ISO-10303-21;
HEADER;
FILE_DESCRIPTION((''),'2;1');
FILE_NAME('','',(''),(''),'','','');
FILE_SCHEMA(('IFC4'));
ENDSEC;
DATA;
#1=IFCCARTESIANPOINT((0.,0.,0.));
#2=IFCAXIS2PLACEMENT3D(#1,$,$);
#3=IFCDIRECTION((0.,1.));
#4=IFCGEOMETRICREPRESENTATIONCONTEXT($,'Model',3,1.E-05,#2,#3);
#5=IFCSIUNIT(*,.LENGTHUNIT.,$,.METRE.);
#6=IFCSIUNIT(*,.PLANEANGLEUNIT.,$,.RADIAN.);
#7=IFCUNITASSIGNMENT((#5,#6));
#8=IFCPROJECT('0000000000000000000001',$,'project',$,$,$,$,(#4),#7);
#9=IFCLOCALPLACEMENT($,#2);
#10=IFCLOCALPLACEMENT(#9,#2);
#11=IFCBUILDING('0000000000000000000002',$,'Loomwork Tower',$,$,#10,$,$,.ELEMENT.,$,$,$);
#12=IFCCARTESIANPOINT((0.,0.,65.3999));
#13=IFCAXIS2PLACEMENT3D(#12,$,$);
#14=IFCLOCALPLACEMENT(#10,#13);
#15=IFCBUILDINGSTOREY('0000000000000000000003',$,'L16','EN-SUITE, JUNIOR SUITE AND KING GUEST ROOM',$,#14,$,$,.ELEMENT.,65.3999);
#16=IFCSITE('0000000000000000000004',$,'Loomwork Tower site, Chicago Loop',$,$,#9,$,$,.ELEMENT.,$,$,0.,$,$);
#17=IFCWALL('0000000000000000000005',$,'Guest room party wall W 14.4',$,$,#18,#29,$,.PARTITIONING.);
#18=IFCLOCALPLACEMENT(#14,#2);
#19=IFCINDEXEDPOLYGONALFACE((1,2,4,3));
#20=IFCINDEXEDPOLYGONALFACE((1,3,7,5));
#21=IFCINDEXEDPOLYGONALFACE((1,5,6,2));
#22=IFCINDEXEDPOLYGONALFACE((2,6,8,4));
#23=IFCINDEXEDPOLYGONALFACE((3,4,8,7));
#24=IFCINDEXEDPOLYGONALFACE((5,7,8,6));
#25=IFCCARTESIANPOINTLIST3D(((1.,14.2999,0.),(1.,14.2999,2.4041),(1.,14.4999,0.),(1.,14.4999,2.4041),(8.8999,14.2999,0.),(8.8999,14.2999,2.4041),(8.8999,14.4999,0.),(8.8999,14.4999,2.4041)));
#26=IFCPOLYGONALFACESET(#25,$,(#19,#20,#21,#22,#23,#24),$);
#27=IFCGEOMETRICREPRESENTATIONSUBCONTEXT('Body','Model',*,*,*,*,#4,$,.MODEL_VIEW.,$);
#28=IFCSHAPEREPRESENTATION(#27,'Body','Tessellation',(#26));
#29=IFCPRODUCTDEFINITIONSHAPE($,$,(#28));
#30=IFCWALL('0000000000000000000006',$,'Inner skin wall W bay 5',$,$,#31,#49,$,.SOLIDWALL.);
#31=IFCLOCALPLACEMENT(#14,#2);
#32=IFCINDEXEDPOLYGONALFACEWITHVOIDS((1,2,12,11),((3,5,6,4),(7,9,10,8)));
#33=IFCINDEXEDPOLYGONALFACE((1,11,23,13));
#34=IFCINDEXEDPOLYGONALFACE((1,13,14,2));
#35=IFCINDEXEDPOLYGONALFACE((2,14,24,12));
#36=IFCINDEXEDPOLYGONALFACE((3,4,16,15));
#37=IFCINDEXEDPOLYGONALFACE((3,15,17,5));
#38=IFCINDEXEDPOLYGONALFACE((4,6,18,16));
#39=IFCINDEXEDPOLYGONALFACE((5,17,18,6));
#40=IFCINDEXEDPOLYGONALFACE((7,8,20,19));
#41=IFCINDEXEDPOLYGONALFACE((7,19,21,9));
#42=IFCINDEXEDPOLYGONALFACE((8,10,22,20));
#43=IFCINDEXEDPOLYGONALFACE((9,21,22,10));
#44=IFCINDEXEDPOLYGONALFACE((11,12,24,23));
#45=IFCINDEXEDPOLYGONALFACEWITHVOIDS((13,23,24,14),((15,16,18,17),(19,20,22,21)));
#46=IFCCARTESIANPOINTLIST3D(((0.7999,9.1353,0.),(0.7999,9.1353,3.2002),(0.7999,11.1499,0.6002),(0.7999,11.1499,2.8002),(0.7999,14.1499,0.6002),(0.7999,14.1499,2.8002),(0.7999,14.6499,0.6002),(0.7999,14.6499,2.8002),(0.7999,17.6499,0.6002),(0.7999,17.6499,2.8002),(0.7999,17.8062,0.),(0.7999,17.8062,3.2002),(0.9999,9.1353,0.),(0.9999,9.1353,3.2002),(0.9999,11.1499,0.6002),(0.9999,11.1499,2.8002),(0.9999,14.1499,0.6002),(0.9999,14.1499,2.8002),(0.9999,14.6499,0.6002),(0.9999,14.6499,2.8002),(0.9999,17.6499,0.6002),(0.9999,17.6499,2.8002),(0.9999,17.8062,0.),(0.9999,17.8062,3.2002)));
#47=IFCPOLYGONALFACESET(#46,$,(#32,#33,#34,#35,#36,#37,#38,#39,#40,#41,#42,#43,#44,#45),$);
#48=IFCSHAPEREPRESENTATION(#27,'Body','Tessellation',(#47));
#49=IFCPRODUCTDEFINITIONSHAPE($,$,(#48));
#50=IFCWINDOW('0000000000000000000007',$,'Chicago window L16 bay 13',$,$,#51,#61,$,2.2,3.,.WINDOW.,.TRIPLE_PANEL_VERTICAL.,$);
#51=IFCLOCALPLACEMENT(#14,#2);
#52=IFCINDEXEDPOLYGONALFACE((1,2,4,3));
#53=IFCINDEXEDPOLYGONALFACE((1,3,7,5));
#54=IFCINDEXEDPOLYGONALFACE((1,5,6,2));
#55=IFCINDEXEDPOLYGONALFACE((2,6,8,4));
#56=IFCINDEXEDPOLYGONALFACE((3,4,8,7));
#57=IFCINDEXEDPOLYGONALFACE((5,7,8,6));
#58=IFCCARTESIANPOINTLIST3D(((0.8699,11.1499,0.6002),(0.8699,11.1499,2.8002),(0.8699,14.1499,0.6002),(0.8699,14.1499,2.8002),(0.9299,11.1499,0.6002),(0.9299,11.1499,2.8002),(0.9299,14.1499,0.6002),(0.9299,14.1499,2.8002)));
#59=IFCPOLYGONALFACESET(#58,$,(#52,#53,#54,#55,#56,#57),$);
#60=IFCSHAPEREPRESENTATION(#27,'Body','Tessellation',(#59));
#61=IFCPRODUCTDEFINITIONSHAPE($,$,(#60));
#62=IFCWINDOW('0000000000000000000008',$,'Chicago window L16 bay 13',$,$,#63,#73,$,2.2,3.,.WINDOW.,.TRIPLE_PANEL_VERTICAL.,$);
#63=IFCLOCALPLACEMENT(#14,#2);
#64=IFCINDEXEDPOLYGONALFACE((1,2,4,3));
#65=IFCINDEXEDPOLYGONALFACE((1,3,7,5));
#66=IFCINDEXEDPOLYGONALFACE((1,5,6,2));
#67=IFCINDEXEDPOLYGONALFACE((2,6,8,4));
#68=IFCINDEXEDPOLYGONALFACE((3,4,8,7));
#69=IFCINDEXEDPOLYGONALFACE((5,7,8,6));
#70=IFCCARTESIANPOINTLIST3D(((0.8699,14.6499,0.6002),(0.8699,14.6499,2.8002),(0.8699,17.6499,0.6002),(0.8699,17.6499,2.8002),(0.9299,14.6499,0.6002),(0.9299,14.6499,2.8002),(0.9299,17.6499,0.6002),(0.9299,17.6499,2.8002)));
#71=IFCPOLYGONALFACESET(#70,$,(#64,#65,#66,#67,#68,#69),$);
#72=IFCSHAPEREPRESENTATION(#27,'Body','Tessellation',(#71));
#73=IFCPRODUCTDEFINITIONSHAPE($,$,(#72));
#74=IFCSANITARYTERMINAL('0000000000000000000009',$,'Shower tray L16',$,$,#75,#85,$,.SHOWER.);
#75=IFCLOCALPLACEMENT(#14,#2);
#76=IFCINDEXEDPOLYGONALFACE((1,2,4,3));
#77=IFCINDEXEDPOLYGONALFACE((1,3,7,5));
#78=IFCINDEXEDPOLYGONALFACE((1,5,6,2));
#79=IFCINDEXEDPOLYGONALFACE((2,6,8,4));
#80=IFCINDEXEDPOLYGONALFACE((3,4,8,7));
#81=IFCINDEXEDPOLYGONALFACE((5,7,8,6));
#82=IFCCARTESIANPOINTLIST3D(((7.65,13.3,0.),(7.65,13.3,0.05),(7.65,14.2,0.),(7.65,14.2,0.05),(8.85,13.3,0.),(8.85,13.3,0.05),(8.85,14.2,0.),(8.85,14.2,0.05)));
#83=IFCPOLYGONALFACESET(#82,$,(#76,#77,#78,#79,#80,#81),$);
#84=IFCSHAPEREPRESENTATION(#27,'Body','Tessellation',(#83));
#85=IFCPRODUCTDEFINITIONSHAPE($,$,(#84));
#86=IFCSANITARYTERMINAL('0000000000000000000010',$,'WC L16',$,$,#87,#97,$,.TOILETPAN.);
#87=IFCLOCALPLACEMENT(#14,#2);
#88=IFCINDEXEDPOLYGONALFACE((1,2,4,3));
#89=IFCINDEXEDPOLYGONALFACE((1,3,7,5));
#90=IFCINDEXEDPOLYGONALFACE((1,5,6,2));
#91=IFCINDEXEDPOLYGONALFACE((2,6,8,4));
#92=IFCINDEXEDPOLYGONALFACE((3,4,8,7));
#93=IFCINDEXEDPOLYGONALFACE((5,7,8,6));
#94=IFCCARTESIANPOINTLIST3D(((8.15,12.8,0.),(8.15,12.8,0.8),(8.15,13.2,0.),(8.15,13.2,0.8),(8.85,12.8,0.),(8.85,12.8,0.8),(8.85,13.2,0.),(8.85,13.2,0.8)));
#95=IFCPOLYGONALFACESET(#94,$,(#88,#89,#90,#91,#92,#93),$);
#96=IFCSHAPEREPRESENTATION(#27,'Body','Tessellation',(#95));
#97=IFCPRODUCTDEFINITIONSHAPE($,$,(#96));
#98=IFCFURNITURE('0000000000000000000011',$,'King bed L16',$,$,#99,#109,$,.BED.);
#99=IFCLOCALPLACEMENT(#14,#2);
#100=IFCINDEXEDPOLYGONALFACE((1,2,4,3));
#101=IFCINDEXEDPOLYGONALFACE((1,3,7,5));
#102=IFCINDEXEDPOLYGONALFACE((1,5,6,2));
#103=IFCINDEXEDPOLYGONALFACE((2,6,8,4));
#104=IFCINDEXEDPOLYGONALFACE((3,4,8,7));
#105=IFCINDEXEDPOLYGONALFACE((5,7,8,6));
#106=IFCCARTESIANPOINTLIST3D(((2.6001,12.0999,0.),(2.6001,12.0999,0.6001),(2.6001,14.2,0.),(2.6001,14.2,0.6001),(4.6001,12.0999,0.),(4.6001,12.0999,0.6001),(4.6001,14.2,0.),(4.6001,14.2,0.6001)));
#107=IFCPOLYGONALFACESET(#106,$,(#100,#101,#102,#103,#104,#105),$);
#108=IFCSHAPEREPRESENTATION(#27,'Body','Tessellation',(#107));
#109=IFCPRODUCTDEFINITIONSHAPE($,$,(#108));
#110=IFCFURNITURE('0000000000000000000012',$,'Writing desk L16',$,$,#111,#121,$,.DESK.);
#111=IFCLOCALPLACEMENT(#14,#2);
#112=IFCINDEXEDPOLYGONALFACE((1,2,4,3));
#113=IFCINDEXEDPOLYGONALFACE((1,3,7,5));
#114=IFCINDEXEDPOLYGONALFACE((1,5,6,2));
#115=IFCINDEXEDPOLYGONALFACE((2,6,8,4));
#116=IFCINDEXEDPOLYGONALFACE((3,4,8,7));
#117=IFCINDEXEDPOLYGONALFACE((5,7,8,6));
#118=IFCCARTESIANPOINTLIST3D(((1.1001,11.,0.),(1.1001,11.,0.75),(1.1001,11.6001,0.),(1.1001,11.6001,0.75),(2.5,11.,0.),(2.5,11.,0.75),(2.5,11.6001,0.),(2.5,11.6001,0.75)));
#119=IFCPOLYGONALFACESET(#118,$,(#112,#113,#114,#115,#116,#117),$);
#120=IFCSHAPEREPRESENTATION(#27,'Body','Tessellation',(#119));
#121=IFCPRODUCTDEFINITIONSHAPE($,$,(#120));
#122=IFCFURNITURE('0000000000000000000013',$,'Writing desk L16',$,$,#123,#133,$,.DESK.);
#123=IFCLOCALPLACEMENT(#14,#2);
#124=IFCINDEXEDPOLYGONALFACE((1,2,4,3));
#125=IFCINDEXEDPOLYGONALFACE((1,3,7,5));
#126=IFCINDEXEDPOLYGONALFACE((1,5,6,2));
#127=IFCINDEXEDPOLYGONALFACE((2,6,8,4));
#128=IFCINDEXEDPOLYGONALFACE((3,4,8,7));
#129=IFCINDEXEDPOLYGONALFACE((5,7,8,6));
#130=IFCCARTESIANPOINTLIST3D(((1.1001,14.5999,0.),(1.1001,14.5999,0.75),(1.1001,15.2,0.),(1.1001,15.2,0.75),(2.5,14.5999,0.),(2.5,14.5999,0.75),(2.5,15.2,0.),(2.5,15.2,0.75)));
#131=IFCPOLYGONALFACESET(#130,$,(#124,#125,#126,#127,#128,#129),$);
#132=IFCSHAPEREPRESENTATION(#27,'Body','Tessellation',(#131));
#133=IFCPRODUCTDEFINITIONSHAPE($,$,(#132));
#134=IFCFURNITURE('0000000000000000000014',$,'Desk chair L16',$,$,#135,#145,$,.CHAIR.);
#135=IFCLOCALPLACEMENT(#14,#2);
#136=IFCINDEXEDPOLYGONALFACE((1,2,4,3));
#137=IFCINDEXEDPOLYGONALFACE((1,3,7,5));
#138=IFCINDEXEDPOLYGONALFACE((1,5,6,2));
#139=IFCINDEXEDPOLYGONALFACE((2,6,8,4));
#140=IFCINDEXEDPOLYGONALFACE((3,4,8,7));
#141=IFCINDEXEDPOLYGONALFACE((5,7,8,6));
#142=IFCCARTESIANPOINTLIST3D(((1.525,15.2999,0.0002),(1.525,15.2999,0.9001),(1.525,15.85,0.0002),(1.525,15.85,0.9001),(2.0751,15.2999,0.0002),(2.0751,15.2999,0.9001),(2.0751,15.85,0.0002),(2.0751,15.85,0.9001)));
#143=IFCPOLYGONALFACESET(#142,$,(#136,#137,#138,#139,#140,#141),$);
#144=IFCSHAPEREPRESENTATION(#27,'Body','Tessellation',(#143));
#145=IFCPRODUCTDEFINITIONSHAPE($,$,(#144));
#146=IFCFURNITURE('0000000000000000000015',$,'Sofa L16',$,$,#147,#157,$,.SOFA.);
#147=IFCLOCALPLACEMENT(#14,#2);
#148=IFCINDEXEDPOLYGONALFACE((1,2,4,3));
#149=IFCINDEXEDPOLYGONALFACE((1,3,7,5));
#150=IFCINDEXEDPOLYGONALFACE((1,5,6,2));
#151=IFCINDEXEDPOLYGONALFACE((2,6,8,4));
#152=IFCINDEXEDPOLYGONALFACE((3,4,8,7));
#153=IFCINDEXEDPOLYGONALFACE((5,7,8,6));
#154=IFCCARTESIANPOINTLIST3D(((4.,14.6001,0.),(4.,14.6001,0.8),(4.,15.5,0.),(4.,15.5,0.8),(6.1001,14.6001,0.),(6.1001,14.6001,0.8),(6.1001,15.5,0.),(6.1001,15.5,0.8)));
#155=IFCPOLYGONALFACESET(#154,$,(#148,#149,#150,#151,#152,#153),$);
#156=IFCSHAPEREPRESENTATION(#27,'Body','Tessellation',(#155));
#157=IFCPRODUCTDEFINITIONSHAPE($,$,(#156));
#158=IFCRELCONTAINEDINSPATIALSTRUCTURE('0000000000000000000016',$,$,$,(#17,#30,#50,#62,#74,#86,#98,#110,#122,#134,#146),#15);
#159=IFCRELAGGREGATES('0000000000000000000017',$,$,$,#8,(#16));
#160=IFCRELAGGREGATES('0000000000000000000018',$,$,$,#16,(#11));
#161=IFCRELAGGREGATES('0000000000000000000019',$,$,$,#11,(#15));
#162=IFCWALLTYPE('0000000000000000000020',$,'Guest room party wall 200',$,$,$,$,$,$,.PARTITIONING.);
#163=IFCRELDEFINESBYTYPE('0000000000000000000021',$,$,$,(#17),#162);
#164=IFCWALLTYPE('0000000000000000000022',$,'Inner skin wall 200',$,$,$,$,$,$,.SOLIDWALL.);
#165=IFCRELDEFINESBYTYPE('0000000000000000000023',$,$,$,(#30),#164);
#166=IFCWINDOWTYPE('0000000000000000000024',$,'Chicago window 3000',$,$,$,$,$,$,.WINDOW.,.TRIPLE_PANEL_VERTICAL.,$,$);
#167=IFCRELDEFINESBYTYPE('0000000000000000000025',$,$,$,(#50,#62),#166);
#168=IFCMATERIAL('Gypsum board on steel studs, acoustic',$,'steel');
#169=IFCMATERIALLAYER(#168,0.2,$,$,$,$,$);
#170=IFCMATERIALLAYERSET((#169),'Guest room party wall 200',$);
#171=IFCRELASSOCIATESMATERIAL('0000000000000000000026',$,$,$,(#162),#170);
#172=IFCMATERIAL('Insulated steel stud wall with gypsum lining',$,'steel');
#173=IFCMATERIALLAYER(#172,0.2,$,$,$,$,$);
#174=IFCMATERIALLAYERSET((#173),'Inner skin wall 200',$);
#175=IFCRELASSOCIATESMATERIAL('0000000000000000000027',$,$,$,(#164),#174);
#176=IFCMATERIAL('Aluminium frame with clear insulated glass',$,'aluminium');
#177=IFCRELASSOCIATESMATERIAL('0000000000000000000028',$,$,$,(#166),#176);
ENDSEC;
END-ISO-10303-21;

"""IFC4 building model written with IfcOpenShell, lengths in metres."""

from ifc_helpers import new_model, si_unit, direction, frame, frame_2d, origin, origin_2d, place, context, subcontext, project, spatial, rectangle, extrude, material, layer, layer_set, type_object, element, fill, save


model = new_model("IFC4")

# Units and contexts
model_context = context("Model", 3, precision=1e-05, world=origin(), true_north=direction((0.0, 1.0)))
body_context = subcontext(model_context, "Body", "Model", "MODEL_VIEW")
ifc_project = project(units=[si_unit("LENGTHUNIT", "METRE"), si_unit("PLANEANGLEUNIT", "RADIAN")], contexts=[model_context])

# Site, building, storey
site_placement = place(None, origin())
site = spatial("IfcSite", under=ifc_project, at=site_placement, Name="Loomwork Tower site, Chicago Loop", CompositionType="ELEMENT", RefElevation=0.0)
building_placement = place(site_placement, origin())
building = spatial("IfcBuilding", under=site, at=building_placement, Name="Loomwork Tower", CompositionType="ELEMENT")
storey_placement = place(building_placement, frame((0.0, 0.0, 65.3999)))
storey = spatial("IfcBuildingStorey", under=building, at=storey_placement, Name="L16", Description="EN-SUITE, JUNIOR SUITE AND KING GUEST ROOM", CompositionType="ELEMENT", Elevation=65.3999)

# Wall
ifc_material_1 = material(Name="Gypsum board on steel studs, acoustic", Category="steel")
ifc_layer_1 = layer(ifc_material_1, 0.2)
ifc_layer_set_1 = layer_set([ifc_layer_1], Name="Guest room party wall 200")
wall_type_1 = type_object("IfcWallType", Name="Guest room party wall 200", PredefinedType="PARTITIONING", material=ifc_layer_set_1)
wall_1_placement = place(storey_placement, frame((8.8999, 14.3999, 0.0), z_axis=(0.0, 0.0, 1.0), x_axis=(-1.0, 0.0, 0.0)))
element("IfcWall", 1, at=wall_1_placement, inside=storey, type_object=wall_type_1, Name="Guest room party wall W 14.4", PredefinedType="PARTITIONING", context=body_context, shape_type="SweptSolid", body=[
    extrude(rectangle(XDim=7.8999, YDim=0.2, at=frame_2d((3.95, 0.0))), origin(), (0.0, 0.0, 1.0), 2.4041),
])

# Wall, openings, windows
ifc_material_2 = material(Name="Insulated steel stud wall with gypsum lining", Category="steel")
ifc_layer_2 = layer(ifc_material_2, 0.2)
ifc_layer_set_2 = layer_set([ifc_layer_2], Name="Inner skin wall 200")
wall_type_2 = type_object("IfcWallType", Name="Inner skin wall 200", PredefinedType="SOLIDWALL", material=ifc_layer_set_2)
wall_2_placement = place(storey_placement, frame((0.8999, 9.1353, 0.0), z_axis=(0.0, 0.0, 1.0), x_axis=(0.0, 1.0, 0.0)))
wall_2 = element("IfcWall", 2, at=wall_2_placement, inside=storey, type_object=wall_type_2, Name="Inner skin wall W bay 5", PredefinedType="SOLIDWALL", context=body_context, shape_type="SweptSolid", body=[
    extrude(rectangle(XDim=8.6709, YDim=0.2, at=frame_2d((4.3354, 0.0))), origin(), (0.0, 0.0, 1.0), 3.2002),
])
opening_1_placement = place(wall_2_placement, frame((2.0146, 0.0, 0.6001)))
opening_1 = element("IfcOpeningElement", 3, at=opening_1_placement, cuts=wall_2, PredefinedType="OPENING", context=body_context, shape_type="SweptSolid", body=[
    extrude(rectangle(XDim=3.0, YDim=2.2, at=frame_2d((1.5, 1.1001))), frame((0.0, 0.1099, 0.0), z_axis=(0.0, -1.0, 0.0), x_axis=(1.0, 0.0, 0.0)), (0.0, 0.0, 1.0), 0.22),
])
opening_2_placement = place(wall_2_placement, frame((5.5146, 0.0, 0.6001)))
opening_2 = element("IfcOpeningElement", 4, at=opening_2_placement, cuts=wall_2, PredefinedType="OPENING", context=body_context, shape_type="SweptSolid", body=[
    extrude(rectangle(XDim=3.0, YDim=2.2, at=frame_2d((1.5, 1.1001))), frame((0.0, 0.1099, 0.0), z_axis=(0.0, -1.0, 0.0), x_axis=(1.0, 0.0, 0.0)), (0.0, 0.0, 1.0), 0.22),
])
ifc_material_3 = material(Name="Aluminium frame with clear insulated glass", Category="aluminium")
window_type = type_object("IfcWindowType", Name="Chicago window 3000", PartitioningType="TRIPLE_PANEL_VERTICAL", PredefinedType="WINDOW", material=ifc_material_3)
window_1_placement = place(opening_1_placement, origin())
window_1 = element("IfcWindow", 5, at=window_1_placement, inside=storey, type_object=window_type, Name="Chicago window L16 bay 13", OverallHeight=2.2, OverallWidth=3.0, PartitioningType="TRIPLE_PANEL_VERTICAL", PredefinedType="WINDOW", context=body_context, shape_type="SweptSolid", body=[
    extrude(rectangle(XDim=3.0, YDim=2.2, at=frame_2d((1.5, 1.1001))), frame((0.0, 0.03, 0.0), z_axis=(0.0, -1.0, 0.0), x_axis=(1.0, 0.0, 0.0)), (0.0, 0.0, 1.0), 0.0601),
])
fill(opening_1, window_1)
window_2_placement = place(opening_2_placement, origin())
window_2 = element("IfcWindow", 6, at=window_2_placement, inside=storey, type_object=window_type, Name="Chicago window L16 bay 13", OverallHeight=2.2, OverallWidth=3.0, PartitioningType="TRIPLE_PANEL_VERTICAL", PredefinedType="WINDOW", context=body_context, shape_type="SweptSolid", body=[
    extrude(rectangle(XDim=3.0, YDim=2.2, at=frame_2d((1.5, 1.1001))), frame((0.0, 0.03, 0.0), z_axis=(0.0, -1.0, 0.0), x_axis=(1.0, 0.0, 0.0)), (0.0, 0.0, 1.0), 0.0601),
])
fill(opening_2, window_2)

# Sanitary terminals
sanitary_terminal_1_placement = place(storey_placement, frame((8.25, 13.75, 0.0), z_axis=(0.0, 0.0, 1.0), x_axis=(1.0, 0.0, 0.0)))
element("IfcSanitaryTerminal", 7, at=sanitary_terminal_1_placement, inside=storey, Name="Shower tray L16", PredefinedType="SHOWER", context=body_context, shape_type="SweptSolid", body=[
    extrude(rectangle(XDim=1.2, YDim=0.8999, at=origin_2d()), origin(), (0.0, 0.0, 1.0), 0.05),
])
sanitary_terminal_2_placement = place(storey_placement, frame((8.5, 13.0, 0.0), z_axis=(0.0, 0.0, 1.0), x_axis=(1.0, 0.0, 0.0)))
element("IfcSanitaryTerminal", 8, at=sanitary_terminal_2_placement, inside=storey, Name="WC L16", PredefinedType="TOILETPAN", context=body_context, shape_type="SweptSolid", body=[
    extrude(rectangle(XDim=0.7, YDim=0.3999, at=origin_2d()), origin(), (0.0, 0.0, 1.0), 0.8),
])

# Furniture
furniture_1_placement = place(storey_placement, frame((3.6001, 13.1499, 0.0), z_axis=(0.0, 0.0, 1.0), x_axis=(1.0, 0.0, 0.0)))
element("IfcFurniture", 9, at=furniture_1_placement, inside=storey, Name="King bed L16", PredefinedType="BED", context=body_context, shape_type="SweptSolid", body=[
    extrude(rectangle(XDim=2.0, YDim=2.1001, at=origin_2d()), origin(), (0.0, 0.0, 1.0), 0.6001),
])
for number, where, z_axis, x_axis, name in (
    (10, (1.8, 11.3, 0.0), (0.0, 0.0, 1.0), (1.0, 0.0, 0.0), "Writing desk L16"),
    (11, (1.8, 14.8999, 0.0), (0.0, 0.0, 1.0), (1.0, 0.0, 0.0), "Writing desk L16"),
):
    element("IfcFurniture", number, at=place(storey_placement, frame(where, z_axis=z_axis, x_axis=x_axis)), inside=storey, Name=name, PredefinedType="DESK", context=body_context, shape_type="SweptSolid", body=[
        extrude(rectangle(XDim=1.3999, YDim=0.6001, at=origin_2d()), origin(), (0.0, 0.0, 1.0), 0.75),
    ])
furniture_2_placement = place(storey_placement, frame((1.8, 15.575, 0.0002), z_axis=(0.0, 0.0, 1.0), x_axis=(1.0, 0.0, 0.0)))
element("IfcFurniture", 12, at=furniture_2_placement, inside=storey, Name="Desk chair L16", PredefinedType="CHAIR", context=body_context, shape_type="SweptSolid", body=[
    extrude(rectangle(XDim=0.55, YDim=0.55, at=origin_2d()), origin(), (0.0, 0.0, 1.0), 0.8999),
])
furniture_3_placement = place(storey_placement, frame((5.05, 15.05, 0.0), z_axis=(0.0, 0.0, 1.0), x_axis=(1.0, 0.0, 0.0)))
element("IfcFurniture", 13, at=furniture_3_placement, inside=storey, Name="Sofa L16", PredefinedType="SOFA", context=body_context, shape_type="SweptSolid", body=[
    extrude(rectangle(XDim=2.1001, YDim=0.8999, at=origin_2d()), origin(), (0.0, 0.0, 1.0), 0.8),
])

save(model, "model.ifc")
